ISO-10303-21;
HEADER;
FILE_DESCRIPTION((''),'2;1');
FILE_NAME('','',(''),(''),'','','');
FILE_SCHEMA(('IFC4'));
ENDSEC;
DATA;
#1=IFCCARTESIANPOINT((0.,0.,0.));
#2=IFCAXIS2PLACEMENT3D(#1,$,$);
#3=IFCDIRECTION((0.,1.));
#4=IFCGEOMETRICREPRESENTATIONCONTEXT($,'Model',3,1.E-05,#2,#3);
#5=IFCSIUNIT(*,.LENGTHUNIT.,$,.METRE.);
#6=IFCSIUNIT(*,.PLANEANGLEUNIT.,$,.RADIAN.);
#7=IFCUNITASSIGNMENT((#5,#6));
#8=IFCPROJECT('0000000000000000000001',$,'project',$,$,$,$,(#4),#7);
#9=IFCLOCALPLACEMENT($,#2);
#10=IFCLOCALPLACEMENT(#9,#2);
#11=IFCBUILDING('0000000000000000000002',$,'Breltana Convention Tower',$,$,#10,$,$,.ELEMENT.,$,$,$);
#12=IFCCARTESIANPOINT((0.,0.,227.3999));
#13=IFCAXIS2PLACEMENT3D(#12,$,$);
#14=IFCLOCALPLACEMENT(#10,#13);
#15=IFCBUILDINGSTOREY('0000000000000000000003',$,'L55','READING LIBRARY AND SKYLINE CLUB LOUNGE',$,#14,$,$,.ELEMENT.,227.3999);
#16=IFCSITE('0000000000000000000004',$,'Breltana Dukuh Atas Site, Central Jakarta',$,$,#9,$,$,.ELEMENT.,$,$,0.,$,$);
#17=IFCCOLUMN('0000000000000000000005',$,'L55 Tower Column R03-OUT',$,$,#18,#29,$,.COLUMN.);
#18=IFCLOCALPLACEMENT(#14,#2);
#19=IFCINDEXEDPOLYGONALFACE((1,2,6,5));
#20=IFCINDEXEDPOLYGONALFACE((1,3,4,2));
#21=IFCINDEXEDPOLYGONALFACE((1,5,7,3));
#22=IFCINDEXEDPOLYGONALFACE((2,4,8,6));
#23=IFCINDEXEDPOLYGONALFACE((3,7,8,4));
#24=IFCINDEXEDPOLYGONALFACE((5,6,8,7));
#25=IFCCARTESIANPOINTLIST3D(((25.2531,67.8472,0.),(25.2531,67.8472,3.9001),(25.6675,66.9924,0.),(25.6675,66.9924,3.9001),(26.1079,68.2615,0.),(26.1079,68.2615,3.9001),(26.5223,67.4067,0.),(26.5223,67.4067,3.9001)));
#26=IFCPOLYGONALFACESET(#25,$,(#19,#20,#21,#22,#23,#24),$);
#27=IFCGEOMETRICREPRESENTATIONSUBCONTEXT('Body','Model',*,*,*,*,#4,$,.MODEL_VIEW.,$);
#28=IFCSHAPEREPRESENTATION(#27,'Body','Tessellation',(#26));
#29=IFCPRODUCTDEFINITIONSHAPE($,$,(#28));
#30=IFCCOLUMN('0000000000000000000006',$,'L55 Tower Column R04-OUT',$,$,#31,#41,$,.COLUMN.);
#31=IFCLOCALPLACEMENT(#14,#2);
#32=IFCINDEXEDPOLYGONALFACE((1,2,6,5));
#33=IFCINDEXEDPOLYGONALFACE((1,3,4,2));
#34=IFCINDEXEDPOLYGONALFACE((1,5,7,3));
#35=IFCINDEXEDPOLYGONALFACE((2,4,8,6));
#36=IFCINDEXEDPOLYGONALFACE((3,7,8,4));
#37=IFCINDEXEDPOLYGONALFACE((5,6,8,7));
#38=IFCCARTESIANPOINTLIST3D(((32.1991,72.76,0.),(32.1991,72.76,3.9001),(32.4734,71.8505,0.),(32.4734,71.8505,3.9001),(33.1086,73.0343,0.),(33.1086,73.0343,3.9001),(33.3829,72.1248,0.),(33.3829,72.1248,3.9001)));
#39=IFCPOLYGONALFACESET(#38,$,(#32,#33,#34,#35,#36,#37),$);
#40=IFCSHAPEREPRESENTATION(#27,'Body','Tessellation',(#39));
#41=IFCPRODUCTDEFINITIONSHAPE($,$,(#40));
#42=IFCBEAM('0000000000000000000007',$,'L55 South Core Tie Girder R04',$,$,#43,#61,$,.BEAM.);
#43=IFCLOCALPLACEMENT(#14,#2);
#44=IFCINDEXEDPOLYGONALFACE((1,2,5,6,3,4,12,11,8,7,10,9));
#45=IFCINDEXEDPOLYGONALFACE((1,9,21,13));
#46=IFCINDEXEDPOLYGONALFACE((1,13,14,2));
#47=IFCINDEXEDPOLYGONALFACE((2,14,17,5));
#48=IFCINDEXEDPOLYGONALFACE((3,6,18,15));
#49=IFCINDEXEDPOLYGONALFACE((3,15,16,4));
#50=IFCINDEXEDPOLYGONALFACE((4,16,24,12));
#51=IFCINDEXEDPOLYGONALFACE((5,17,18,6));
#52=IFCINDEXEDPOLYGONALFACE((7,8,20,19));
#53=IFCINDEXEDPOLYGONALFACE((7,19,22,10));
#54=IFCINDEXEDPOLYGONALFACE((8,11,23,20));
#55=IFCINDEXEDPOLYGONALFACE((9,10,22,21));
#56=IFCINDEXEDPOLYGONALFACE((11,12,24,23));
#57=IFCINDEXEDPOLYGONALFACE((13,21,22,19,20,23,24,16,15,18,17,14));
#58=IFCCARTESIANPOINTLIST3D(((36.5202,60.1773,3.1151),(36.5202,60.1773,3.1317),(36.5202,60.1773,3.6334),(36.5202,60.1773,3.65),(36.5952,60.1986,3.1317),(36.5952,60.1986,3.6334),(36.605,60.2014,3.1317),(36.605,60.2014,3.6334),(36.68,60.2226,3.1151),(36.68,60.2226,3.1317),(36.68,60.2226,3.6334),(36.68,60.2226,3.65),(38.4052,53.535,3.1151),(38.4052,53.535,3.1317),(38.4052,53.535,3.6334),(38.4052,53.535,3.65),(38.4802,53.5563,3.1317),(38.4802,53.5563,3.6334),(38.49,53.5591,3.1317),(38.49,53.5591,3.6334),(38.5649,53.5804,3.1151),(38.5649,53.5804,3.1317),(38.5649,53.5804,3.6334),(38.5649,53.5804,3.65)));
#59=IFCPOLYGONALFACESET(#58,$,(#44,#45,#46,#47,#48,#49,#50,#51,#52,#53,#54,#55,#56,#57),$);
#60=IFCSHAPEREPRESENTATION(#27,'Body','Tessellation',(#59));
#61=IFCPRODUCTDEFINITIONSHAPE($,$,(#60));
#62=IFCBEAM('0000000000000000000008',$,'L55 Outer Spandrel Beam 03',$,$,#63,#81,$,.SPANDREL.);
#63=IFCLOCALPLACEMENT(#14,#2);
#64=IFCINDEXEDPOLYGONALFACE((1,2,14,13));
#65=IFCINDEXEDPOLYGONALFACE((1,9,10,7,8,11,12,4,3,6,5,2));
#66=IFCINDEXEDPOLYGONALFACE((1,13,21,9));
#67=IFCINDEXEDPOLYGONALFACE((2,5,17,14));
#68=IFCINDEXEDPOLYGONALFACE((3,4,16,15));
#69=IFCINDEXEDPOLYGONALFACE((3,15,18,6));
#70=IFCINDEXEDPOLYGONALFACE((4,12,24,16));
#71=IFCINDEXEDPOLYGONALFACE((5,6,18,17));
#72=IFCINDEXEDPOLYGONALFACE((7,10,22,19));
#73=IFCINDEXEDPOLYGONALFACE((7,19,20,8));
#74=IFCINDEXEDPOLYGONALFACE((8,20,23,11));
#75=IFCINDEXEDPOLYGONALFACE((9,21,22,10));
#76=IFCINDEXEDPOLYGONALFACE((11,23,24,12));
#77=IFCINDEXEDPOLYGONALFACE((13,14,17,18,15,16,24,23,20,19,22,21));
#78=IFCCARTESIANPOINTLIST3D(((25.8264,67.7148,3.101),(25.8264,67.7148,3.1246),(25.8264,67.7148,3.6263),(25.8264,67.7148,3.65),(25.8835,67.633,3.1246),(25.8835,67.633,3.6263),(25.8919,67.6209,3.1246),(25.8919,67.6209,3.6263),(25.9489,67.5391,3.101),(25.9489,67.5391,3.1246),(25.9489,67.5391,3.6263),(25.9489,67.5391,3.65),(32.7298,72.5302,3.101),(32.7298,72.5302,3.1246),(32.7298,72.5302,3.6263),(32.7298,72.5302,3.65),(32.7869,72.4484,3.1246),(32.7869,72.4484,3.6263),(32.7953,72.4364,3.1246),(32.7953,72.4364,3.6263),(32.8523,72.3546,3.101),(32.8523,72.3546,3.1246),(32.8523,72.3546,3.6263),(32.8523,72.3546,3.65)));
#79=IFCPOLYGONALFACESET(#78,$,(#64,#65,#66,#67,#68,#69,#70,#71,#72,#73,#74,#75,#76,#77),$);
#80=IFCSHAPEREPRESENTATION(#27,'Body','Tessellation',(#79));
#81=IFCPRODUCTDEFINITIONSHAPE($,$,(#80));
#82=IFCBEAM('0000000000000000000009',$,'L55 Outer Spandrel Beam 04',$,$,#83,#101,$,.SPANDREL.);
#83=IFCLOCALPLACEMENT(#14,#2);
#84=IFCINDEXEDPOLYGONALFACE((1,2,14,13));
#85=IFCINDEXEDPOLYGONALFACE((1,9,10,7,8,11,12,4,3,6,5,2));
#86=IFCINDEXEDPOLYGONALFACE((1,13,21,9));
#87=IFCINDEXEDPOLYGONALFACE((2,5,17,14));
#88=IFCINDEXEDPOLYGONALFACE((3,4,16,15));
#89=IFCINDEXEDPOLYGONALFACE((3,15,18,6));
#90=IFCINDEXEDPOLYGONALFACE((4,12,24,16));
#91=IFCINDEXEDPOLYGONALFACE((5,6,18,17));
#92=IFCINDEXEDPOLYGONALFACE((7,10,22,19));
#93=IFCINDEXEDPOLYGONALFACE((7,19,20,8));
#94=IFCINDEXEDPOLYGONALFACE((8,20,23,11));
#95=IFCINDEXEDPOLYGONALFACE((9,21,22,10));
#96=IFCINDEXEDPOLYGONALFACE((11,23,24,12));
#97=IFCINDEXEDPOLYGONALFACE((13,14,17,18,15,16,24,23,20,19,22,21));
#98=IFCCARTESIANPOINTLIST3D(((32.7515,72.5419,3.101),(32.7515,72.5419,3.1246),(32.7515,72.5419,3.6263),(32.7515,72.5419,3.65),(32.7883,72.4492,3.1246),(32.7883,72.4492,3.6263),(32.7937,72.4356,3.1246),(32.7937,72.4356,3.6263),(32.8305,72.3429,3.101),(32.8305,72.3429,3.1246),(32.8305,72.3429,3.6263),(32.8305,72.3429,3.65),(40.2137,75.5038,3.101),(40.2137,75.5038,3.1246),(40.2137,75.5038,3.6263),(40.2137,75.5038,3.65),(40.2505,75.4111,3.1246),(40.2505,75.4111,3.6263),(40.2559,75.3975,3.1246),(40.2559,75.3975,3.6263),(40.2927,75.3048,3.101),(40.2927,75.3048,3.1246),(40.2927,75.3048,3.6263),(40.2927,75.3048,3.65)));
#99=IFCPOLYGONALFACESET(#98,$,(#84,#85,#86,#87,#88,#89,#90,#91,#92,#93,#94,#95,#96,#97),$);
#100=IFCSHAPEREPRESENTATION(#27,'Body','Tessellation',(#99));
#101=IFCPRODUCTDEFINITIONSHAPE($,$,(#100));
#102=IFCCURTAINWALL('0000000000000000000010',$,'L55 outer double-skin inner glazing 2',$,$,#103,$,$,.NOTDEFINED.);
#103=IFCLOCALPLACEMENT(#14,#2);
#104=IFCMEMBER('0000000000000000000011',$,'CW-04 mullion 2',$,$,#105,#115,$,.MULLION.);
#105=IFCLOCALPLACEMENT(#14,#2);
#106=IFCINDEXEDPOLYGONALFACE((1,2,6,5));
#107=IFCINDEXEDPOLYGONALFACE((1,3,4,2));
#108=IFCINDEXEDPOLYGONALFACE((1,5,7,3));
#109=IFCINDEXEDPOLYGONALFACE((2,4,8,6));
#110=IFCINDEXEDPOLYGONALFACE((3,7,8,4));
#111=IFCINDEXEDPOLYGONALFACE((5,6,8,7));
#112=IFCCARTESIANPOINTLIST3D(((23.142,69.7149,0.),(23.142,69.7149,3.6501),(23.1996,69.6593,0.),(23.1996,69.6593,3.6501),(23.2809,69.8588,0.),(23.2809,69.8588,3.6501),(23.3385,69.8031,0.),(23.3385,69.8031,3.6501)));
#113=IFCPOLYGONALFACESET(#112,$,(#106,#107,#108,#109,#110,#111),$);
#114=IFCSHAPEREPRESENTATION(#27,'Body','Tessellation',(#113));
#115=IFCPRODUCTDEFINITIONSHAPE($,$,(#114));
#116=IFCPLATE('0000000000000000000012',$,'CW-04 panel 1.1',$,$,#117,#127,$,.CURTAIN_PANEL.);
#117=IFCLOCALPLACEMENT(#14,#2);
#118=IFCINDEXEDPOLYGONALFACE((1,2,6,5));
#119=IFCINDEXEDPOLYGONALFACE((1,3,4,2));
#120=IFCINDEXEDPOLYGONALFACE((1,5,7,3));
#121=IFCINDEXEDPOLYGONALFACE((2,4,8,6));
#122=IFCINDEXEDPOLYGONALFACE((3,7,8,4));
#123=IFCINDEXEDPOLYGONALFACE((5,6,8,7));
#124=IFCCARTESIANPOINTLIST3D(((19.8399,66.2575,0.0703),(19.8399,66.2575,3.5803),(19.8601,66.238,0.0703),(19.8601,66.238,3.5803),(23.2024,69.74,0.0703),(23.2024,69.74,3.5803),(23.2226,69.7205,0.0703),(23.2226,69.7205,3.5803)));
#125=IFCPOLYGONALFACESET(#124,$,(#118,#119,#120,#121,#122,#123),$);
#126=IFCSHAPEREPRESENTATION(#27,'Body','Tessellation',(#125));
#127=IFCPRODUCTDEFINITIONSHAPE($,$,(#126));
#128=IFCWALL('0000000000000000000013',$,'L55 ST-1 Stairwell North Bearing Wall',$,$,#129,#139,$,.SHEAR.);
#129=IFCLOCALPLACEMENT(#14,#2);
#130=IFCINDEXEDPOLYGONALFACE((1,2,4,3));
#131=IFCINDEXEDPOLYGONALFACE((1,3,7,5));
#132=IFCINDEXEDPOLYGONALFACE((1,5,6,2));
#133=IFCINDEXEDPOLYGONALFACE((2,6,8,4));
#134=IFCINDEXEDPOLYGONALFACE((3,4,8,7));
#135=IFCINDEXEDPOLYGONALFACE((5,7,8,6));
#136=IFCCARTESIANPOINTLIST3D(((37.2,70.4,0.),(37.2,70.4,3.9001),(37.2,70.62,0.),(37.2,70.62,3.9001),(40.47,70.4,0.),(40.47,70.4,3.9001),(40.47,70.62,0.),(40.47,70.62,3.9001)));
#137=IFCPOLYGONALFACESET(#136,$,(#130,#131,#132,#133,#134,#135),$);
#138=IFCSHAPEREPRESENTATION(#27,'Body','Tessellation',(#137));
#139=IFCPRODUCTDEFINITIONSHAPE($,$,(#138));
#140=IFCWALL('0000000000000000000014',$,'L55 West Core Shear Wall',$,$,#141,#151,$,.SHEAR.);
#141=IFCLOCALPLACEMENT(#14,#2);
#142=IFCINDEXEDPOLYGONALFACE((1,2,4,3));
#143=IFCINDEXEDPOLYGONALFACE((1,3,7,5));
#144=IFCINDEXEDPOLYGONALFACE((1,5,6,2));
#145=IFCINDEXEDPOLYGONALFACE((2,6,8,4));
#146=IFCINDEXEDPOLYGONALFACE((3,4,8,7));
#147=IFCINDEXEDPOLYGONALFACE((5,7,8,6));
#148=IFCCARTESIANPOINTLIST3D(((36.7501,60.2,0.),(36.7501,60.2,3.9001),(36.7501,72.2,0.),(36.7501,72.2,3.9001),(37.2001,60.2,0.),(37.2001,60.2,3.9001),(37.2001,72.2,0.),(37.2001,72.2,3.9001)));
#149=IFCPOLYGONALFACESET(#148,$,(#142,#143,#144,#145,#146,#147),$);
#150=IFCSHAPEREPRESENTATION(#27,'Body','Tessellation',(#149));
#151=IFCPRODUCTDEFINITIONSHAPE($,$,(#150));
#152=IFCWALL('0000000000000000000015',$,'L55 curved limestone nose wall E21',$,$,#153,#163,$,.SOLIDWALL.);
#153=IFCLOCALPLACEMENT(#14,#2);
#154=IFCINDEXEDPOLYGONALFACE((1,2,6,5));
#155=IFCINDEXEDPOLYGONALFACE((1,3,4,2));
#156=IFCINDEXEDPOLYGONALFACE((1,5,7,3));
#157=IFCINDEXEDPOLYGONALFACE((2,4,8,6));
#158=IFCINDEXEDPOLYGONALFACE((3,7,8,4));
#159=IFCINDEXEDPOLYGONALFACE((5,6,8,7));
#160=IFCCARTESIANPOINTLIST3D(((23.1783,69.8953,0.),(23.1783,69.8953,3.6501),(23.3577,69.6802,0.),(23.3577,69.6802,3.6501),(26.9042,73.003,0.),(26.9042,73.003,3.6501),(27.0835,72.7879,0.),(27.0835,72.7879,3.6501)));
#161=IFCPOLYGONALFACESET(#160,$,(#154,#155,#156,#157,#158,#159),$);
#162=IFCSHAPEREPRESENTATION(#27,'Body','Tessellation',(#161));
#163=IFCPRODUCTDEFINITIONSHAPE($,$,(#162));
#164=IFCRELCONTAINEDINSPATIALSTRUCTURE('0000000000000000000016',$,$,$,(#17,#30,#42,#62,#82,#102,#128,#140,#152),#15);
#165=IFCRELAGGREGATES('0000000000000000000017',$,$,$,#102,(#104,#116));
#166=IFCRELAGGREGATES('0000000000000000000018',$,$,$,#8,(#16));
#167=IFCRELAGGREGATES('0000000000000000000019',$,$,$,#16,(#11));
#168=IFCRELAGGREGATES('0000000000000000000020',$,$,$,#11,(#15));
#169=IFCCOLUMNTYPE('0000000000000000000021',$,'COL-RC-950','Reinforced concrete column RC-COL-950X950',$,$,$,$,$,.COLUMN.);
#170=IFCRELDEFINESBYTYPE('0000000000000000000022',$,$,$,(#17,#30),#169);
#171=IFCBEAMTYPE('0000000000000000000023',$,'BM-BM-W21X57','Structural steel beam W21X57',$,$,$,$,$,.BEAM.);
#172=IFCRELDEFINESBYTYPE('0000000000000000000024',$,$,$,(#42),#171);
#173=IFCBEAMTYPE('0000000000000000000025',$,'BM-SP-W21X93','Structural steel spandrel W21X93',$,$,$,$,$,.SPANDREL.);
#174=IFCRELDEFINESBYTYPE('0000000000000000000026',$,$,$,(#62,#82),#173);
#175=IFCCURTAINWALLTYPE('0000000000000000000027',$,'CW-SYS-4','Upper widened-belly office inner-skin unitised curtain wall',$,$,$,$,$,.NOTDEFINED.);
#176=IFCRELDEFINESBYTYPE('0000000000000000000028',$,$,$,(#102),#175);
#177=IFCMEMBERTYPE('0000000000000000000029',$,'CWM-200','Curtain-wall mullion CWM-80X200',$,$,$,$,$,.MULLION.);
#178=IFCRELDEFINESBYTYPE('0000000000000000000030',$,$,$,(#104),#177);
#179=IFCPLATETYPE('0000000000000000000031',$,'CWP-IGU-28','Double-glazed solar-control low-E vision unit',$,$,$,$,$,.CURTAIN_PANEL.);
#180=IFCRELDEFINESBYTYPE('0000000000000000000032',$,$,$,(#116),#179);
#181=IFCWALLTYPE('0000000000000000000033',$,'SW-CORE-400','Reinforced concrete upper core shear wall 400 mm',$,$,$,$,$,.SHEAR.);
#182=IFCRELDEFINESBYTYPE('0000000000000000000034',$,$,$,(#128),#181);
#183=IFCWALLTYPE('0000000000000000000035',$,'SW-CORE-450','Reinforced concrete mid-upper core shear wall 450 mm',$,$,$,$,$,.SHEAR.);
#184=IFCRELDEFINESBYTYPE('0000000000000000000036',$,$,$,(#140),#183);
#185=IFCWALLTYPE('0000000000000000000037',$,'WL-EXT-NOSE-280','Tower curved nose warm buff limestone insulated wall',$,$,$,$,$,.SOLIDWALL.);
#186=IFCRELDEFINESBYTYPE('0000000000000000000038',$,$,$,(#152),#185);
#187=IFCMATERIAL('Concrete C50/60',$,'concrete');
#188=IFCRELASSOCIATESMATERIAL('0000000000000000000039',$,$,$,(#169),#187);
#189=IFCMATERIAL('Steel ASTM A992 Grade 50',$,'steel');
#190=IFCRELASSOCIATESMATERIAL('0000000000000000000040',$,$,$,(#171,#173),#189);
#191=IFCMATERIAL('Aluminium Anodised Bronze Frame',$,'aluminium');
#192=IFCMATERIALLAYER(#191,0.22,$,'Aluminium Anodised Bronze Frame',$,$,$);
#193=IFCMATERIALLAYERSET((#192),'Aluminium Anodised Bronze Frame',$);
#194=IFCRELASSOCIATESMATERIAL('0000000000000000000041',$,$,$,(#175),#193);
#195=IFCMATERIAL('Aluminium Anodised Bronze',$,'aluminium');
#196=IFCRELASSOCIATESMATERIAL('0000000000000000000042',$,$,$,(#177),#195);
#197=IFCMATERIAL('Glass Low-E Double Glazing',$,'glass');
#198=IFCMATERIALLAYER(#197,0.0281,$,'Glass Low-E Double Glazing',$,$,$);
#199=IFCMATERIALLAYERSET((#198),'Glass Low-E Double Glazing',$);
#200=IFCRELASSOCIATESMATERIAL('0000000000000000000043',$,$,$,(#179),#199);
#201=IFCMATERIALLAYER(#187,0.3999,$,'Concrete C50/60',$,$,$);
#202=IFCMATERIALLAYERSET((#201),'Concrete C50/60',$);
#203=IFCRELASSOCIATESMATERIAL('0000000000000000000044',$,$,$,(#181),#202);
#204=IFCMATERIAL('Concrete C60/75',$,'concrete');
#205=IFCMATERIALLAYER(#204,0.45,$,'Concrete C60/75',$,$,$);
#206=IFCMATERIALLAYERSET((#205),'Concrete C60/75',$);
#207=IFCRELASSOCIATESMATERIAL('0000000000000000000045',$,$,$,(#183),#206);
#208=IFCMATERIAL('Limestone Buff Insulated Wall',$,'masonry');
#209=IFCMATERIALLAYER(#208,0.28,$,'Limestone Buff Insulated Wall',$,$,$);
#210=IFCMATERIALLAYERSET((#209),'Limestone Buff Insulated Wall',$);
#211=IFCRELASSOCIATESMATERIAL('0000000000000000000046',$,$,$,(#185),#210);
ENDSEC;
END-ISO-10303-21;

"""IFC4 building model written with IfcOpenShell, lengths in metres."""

from ifc_helpers import new_model, si_unit, direction, frame, frame_2d, origin, origin_2d, place, context, subcontext, project, spatial, rectangle, i_section, extrude, source, transform, mapped, material, layer, layer_set, material_profile, profile_set, type_object, type_shapes, element, aggregate, save


model = new_model("IFC4")

# Units and contexts
model_context = context("Model", 3, precision=1e-05, world=origin(), true_north=direction((0.0, 1.0)))
body_context = subcontext(model_context, "Body", "Model", "MODEL_VIEW")
ifc_project = project(units=[si_unit("LENGTHUNIT", "METRE"), si_unit("PLANEANGLEUNIT", "RADIAN")], contexts=[model_context])

# Site, building, storey
site_placement = place(None, origin())
site = spatial("IfcSite", under=ifc_project, at=site_placement, Name="Breltana Dukuh Atas Site, Central Jakarta", CompositionType="ELEMENT", RefElevation=0.0)
building_placement = place(site_placement, origin())
building = spatial("IfcBuilding", under=site, at=building_placement, Name="Breltana Convention Tower", CompositionType="ELEMENT")
storey_placement = place(building_placement, frame((0.0, 0.0, 227.3999)))
storey = spatial("IfcBuildingStorey", under=building, at=storey_placement, Name="L55", Description="READING LIBRARY AND SKYLINE CLUB LOUNGE", CompositionType="ELEMENT", Elevation=227.3999)

# Columns
ifc_material_1 = material(Name="Concrete C50/60", Category="concrete")
ifc_material_profile_1 = material_profile(ifc_material_1, rectangle(XDim=0.95, YDim=0.95, at=origin_2d()), Name="RC-COL-950X950")
ifc_profile_set_1 = profile_set([ifc_material_profile_1], Name="Concrete C50/60")
column_type = type_object("IfcColumnType", Name="COL-RC-950", Description="Reinforced concrete column RC-COL-950X950", PredefinedType="COLUMN", material=ifc_profile_set_1)
shared_shape_1 = source(origin(), body_context, "Body", "SweptSolid", [
    extrude(rectangle(XDim=0.95, YDim=0.95, at=origin_2d()), origin(), (0.0, 0.0, 1.0), 3.9001),
])
for number, where, z_axis, x_axis, name in (
    (1, (25.8877, 67.627, 0.0), (0.0, 0.0, 1.0), (-0.436174, 0.899863, 0.0), "L55 Tower Column R03-OUT"),
    (2, (32.791, 72.4424, 0.0), (0.0, 0.0, 1.0), (-0.288698, 0.95742, 0.0), "L55 Tower Column R04-OUT"),
):
    element("IfcColumn", number, at=place(storey_placement, frame(where, z_axis=z_axis, x_axis=x_axis)), inside=storey, type_object=column_type, Name=name, PredefinedType="COLUMN", context=body_context, shape_type="MappedRepresentation", body=[
        mapped(shared_shape_1, transform((0.0, 0.0, 0.0), scale=1.0)),
    ])

# Beams
ifc_material_2 = material(Name="Steel ASTM A992 Grade 50", Category="steel")
ifc_material_profile_2 = material_profile(ifc_material_2, i_section(OverallWidth=0.166, OverallDepth=0.5349, WebThickness=0.0103, FlangeThickness=0.0166, at=origin_2d()), Name="W21X57")
ifc_profile_set_2 = profile_set([ifc_material_profile_2], Name="Steel ASTM A992 Grade 50")
beam_type_1 = type_object("IfcBeamType", Name="BM-BM-W21X57", Description="Structural steel beam W21X57", PredefinedType="BEAM", material=ifc_profile_set_2)
shared_shape_2 = source(origin(), body_context, "Body", "SweptSolid", [
    extrude(i_section(OverallWidth=0.166, OverallDepth=0.5349, WebThickness=0.0103, FlangeThickness=0.0166, at=origin_2d()), origin(), (0.0, 0.0, 1.0), 6.9045),
])
type_shapes(beam_type_1, [shared_shape_2])
beam_1_placement = place(storey_placement, frame((36.6001, 60.2, 3.3826), z_axis=(0.273007, -0.962012, 0.0), x_axis=(0.962012, 0.273007, 0.0)))
element("IfcBeam", 3, at=beam_1_placement, inside=storey, type_object=beam_type_1, Name="L55 South Core Tie Girder R04", PredefinedType="BEAM", context=body_context, shape_type="MappedRepresentation", body=[
    mapped(shared_shape_2, transform((0.0, 0.0, 0.0), scale=1.0)),
])
ifc_material_profile_3 = material_profile(ifc_material_2, i_section(OverallWidth=0.2141, OverallDepth=0.5491, WebThickness=0.0146, FlangeThickness=0.0237, at=origin_2d()), Name="W21X93")
ifc_profile_set_3 = profile_set([ifc_material_profile_3], Name="Steel ASTM A992 Grade 50")
beam_type_2 = type_object("IfcBeamType", Name="BM-SP-W21X93", Description="Structural steel spandrel W21X93", PredefinedType="SPANDREL", material=ifc_profile_set_3)
shared_shape_3 = source(origin(), body_context, "Body", "SweptSolid", [
    extrude(i_section(OverallWidth=0.2141, OverallDepth=0.5491, WebThickness=0.0146, FlangeThickness=0.0237, at=origin_2d()), origin(), (0.0, 0.0, 1.0), 8.417),
])
beam_2_placement = place(storey_placement, frame((25.8877, 67.627, 3.3755), z_axis=(0.820174, 0.572114, 0.0), x_axis=(-0.572114, 0.820174, 0.0)))
element("IfcBeam", 4, at=beam_2_placement, inside=storey, type_object=beam_type_2, Name="L55 Outer Spandrel Beam 03", PredefinedType="SPANDREL", context=body_context, shape_type="MappedRepresentation", body=[
    mapped(shared_shape_3, transform((0.0, 0.0, 0.0), scale=1.0)),
])
shared_shape_4 = source(origin(), body_context, "Body", "SweptSolid", [
    extrude(i_section(OverallWidth=0.2141, OverallDepth=0.5491, WebThickness=0.0146, FlangeThickness=0.0237, at=origin_2d()), origin(), (0.0, 0.0, 1.0), 8.0286),
])
beam_3_placement = place(storey_placement, frame((32.791, 72.4424, 3.3755), z_axis=(0.929459, 0.368925, 0.0), x_axis=(-0.368925, 0.929459, 0.0)))
element("IfcBeam", 5, at=beam_3_placement, inside=storey, type_object=beam_type_2, Name="L55 Outer Spandrel Beam 04", PredefinedType="SPANDREL", context=body_context, shape_type="MappedRepresentation", body=[
    mapped(shared_shape_4, transform((0.0, 0.0, 0.0), scale=1.0)),
])

# Curtain wall, member, plate
ifc_material_3 = material(Name="Aluminium Anodised Bronze Frame", Category="aluminium")
ifc_layer_1 = layer(ifc_material_3, 0.22, Name="Aluminium Anodised Bronze Frame")
ifc_layer_set_1 = layer_set([ifc_layer_1], Name="Aluminium Anodised Bronze Frame")
curtain_wall_type = type_object("IfcCurtainWallType", Name="CW-SYS-4", Description="Upper widened-belly office inner-skin unitised curtain wall", PredefinedType="NOTDEFINED", material=ifc_layer_set_1)
curtain_wall_placement = place(storey_placement, origin())
curtain_wall = element("IfcCurtainWall", 6, at=curtain_wall_placement, inside=storey, type_object=curtain_wall_type, Name="L55 outer double-skin inner glazing 2", PredefinedType="NOTDEFINED")
ifc_material_4 = material(Name="Aluminium Anodised Bronze", Category="aluminium")
ifc_material_profile_4 = material_profile(ifc_material_4, rectangle(XDim=0.0801, YDim=0.2, at=origin_2d()), Name="CWM-80X200")
ifc_profile_set_4 = profile_set([ifc_material_profile_4], Name="Aluminium Anodised Bronze")
member_type = type_object("IfcMemberType", Name="CWM-200", Description="Curtain-wall mullion CWM-80X200", PredefinedType="MULLION", material=ifc_profile_set_4)
shared_shape_5 = source(origin(), body_context, "Body", "SweptSolid", [
    extrude(rectangle(XDim=0.0801, YDim=0.2, at=origin_2d()), origin(), (0.0, 0.0, 1.0), 3.6501),
])
member_placement = place(storey_placement, frame((23.2402, 69.759, 0.0), z_axis=(0.0, 0.0, 1.0), x_axis=(-0.719396, 0.6946, 0.0)))
member = element("IfcMember", 7, at=member_placement, type_object=member_type, Name="CW-04 mullion 2", PredefinedType="MULLION", context=body_context, shape_type="MappedRepresentation", body=[
    mapped(shared_shape_5, transform((0.0, 0.0, 0.0), scale=1.0)),
])
ifc_material_5 = material(Name="Glass Low-E Double Glazing", Category="glass")
ifc_layer_2 = layer(ifc_material_5, 0.0281, Name="Glass Low-E Double Glazing")
ifc_layer_set_2 = layer_set([ifc_layer_2], Name="Glass Low-E Double Glazing")
plate_type = type_object("IfcPlateType", Name="CWP-IGU-28", Description="Double-glazed solar-control low-E vision unit", PredefinedType="CURTAIN_PANEL", material=ifc_layer_set_2)
shared_shape_6 = source(origin(), body_context, "Body", "SweptSolid", [
    extrude(rectangle(XDim=4.8408, YDim=0.0281, at=origin_2d()), origin(), (0.0, 0.0, 1.0), 3.51),
])
plate_placement = place(storey_placement, frame((21.5312, 67.989, 0.0703), z_axis=(0.0, 0.0, 1.0), x_axis=(0.6946, 0.719396, 0.0)))
plate = element("IfcPlate", 8, at=plate_placement, type_object=plate_type, Name="CW-04 panel 1.1", PredefinedType="CURTAIN_PANEL", context=body_context, shape_type="MappedRepresentation", body=[
    mapped(shared_shape_6, transform((0.0, 0.0, 0.0), scale=1.0)),
])
aggregate(curtain_wall, [member, plate])

# Walls
ifc_layer_3 = layer(ifc_material_1, 0.3999, Name="Concrete C50/60")
ifc_layer_set_3 = layer_set([ifc_layer_3], Name="Concrete C50/60")
wall_type_1 = type_object("IfcWallType", Name="SW-CORE-400", Description="Reinforced concrete upper core shear wall 400 mm", PredefinedType="SHEAR", material=ifc_layer_set_3)
shared_shape_7 = source(origin(), body_context, "Body", "SweptSolid", [
    extrude(rectangle(XDim=3.27, YDim=0.22, at=frame_2d((1.635, 0.0))), origin(), (0.0, 0.0, 1.0), 3.9001),
])
wall_1_placement = place(storey_placement, frame((37.2, 70.51, 0.0), z_axis=(0.0, 0.0, 1.0), x_axis=(1.0, 0.0, 0.0)))
element("IfcWall", 9, at=wall_1_placement, inside=storey, type_object=wall_type_1, Name="L55 ST-1 Stairwell North Bearing Wall", PredefinedType="SHEAR", context=body_context, shape_type="MappedRepresentation", body=[
    mapped(shared_shape_7, transform((0.0, 0.0, 0.0), scale=1.0)),
])
ifc_material_6 = material(Name="Concrete C60/75", Category="concrete")
ifc_layer_4 = layer(ifc_material_6, 0.45, Name="Concrete C60/75")
ifc_layer_set_4 = layer_set([ifc_layer_4], Name="Concrete C60/75")
wall_type_2 = type_object("IfcWallType", Name="SW-CORE-450", Description="Reinforced concrete mid-upper core shear wall 450 mm", PredefinedType="SHEAR", material=ifc_layer_set_4)
shared_shape_8 = source(origin(), body_context, "Body", "SweptSolid", [
    extrude(rectangle(XDim=12.0, YDim=0.45, at=frame_2d((6.0, 0.0))), origin(), (0.0, 0.0, 1.0), 3.9001),
])
wall_2_placement = place(storey_placement, frame((36.9751, 60.2, 0.0), z_axis=(0.0, 0.0, 1.0), x_axis=(0.0, 1.0, 0.0)))
element("IfcWall", 10, at=wall_2_placement, inside=storey, type_object=wall_type_2, Name="L55 West Core Shear Wall", PredefinedType="SHEAR", context=body_context, shape_type="MappedRepresentation", body=[
    mapped(shared_shape_8, transform((0.0, 0.0, 0.0), scale=1.0)),
])

# Wall
ifc_material_7 = material(Name="Limestone Buff Insulated Wall", Category="masonry")
ifc_layer_5 = layer(ifc_material_7, 0.28, Name="Limestone Buff Insulated Wall")
ifc_layer_set_5 = layer_set([ifc_layer_5], Name="Limestone Buff Insulated Wall")
wall_type_3 = type_object("IfcWallType", Name="WL-EXT-NOSE-280", Description="Tower curved nose warm buff limestone insulated wall", PredefinedType="SOLIDWALL", material=ifc_layer_set_5)
shared_shape_9 = source(origin(), body_context, "Body", "SweptSolid", [
    extrude(rectangle(XDim=4.8518, YDim=0.28, at=frame_2d((2.4258, 0.0))), origin(), (0.0, 0.0, 1.0), 3.6501),
])
wall_3_placement = place(storey_placement, frame((23.2681, 69.7878, 0.0), z_axis=(0.0, 0.0, 1.0), x_axis=(0.767937, 0.640526, 0.0)))
element("IfcWall", 11, at=wall_3_placement, inside=storey, type_object=wall_type_3, Name="L55 curved limestone nose wall E21", PredefinedType="SOLIDWALL", context=body_context, shape_type="MappedRepresentation", body=[
    mapped(shared_shape_9, transform((0.0, 0.0, 0.0), scale=1.0)),
])

save(model, "model.ifc")
